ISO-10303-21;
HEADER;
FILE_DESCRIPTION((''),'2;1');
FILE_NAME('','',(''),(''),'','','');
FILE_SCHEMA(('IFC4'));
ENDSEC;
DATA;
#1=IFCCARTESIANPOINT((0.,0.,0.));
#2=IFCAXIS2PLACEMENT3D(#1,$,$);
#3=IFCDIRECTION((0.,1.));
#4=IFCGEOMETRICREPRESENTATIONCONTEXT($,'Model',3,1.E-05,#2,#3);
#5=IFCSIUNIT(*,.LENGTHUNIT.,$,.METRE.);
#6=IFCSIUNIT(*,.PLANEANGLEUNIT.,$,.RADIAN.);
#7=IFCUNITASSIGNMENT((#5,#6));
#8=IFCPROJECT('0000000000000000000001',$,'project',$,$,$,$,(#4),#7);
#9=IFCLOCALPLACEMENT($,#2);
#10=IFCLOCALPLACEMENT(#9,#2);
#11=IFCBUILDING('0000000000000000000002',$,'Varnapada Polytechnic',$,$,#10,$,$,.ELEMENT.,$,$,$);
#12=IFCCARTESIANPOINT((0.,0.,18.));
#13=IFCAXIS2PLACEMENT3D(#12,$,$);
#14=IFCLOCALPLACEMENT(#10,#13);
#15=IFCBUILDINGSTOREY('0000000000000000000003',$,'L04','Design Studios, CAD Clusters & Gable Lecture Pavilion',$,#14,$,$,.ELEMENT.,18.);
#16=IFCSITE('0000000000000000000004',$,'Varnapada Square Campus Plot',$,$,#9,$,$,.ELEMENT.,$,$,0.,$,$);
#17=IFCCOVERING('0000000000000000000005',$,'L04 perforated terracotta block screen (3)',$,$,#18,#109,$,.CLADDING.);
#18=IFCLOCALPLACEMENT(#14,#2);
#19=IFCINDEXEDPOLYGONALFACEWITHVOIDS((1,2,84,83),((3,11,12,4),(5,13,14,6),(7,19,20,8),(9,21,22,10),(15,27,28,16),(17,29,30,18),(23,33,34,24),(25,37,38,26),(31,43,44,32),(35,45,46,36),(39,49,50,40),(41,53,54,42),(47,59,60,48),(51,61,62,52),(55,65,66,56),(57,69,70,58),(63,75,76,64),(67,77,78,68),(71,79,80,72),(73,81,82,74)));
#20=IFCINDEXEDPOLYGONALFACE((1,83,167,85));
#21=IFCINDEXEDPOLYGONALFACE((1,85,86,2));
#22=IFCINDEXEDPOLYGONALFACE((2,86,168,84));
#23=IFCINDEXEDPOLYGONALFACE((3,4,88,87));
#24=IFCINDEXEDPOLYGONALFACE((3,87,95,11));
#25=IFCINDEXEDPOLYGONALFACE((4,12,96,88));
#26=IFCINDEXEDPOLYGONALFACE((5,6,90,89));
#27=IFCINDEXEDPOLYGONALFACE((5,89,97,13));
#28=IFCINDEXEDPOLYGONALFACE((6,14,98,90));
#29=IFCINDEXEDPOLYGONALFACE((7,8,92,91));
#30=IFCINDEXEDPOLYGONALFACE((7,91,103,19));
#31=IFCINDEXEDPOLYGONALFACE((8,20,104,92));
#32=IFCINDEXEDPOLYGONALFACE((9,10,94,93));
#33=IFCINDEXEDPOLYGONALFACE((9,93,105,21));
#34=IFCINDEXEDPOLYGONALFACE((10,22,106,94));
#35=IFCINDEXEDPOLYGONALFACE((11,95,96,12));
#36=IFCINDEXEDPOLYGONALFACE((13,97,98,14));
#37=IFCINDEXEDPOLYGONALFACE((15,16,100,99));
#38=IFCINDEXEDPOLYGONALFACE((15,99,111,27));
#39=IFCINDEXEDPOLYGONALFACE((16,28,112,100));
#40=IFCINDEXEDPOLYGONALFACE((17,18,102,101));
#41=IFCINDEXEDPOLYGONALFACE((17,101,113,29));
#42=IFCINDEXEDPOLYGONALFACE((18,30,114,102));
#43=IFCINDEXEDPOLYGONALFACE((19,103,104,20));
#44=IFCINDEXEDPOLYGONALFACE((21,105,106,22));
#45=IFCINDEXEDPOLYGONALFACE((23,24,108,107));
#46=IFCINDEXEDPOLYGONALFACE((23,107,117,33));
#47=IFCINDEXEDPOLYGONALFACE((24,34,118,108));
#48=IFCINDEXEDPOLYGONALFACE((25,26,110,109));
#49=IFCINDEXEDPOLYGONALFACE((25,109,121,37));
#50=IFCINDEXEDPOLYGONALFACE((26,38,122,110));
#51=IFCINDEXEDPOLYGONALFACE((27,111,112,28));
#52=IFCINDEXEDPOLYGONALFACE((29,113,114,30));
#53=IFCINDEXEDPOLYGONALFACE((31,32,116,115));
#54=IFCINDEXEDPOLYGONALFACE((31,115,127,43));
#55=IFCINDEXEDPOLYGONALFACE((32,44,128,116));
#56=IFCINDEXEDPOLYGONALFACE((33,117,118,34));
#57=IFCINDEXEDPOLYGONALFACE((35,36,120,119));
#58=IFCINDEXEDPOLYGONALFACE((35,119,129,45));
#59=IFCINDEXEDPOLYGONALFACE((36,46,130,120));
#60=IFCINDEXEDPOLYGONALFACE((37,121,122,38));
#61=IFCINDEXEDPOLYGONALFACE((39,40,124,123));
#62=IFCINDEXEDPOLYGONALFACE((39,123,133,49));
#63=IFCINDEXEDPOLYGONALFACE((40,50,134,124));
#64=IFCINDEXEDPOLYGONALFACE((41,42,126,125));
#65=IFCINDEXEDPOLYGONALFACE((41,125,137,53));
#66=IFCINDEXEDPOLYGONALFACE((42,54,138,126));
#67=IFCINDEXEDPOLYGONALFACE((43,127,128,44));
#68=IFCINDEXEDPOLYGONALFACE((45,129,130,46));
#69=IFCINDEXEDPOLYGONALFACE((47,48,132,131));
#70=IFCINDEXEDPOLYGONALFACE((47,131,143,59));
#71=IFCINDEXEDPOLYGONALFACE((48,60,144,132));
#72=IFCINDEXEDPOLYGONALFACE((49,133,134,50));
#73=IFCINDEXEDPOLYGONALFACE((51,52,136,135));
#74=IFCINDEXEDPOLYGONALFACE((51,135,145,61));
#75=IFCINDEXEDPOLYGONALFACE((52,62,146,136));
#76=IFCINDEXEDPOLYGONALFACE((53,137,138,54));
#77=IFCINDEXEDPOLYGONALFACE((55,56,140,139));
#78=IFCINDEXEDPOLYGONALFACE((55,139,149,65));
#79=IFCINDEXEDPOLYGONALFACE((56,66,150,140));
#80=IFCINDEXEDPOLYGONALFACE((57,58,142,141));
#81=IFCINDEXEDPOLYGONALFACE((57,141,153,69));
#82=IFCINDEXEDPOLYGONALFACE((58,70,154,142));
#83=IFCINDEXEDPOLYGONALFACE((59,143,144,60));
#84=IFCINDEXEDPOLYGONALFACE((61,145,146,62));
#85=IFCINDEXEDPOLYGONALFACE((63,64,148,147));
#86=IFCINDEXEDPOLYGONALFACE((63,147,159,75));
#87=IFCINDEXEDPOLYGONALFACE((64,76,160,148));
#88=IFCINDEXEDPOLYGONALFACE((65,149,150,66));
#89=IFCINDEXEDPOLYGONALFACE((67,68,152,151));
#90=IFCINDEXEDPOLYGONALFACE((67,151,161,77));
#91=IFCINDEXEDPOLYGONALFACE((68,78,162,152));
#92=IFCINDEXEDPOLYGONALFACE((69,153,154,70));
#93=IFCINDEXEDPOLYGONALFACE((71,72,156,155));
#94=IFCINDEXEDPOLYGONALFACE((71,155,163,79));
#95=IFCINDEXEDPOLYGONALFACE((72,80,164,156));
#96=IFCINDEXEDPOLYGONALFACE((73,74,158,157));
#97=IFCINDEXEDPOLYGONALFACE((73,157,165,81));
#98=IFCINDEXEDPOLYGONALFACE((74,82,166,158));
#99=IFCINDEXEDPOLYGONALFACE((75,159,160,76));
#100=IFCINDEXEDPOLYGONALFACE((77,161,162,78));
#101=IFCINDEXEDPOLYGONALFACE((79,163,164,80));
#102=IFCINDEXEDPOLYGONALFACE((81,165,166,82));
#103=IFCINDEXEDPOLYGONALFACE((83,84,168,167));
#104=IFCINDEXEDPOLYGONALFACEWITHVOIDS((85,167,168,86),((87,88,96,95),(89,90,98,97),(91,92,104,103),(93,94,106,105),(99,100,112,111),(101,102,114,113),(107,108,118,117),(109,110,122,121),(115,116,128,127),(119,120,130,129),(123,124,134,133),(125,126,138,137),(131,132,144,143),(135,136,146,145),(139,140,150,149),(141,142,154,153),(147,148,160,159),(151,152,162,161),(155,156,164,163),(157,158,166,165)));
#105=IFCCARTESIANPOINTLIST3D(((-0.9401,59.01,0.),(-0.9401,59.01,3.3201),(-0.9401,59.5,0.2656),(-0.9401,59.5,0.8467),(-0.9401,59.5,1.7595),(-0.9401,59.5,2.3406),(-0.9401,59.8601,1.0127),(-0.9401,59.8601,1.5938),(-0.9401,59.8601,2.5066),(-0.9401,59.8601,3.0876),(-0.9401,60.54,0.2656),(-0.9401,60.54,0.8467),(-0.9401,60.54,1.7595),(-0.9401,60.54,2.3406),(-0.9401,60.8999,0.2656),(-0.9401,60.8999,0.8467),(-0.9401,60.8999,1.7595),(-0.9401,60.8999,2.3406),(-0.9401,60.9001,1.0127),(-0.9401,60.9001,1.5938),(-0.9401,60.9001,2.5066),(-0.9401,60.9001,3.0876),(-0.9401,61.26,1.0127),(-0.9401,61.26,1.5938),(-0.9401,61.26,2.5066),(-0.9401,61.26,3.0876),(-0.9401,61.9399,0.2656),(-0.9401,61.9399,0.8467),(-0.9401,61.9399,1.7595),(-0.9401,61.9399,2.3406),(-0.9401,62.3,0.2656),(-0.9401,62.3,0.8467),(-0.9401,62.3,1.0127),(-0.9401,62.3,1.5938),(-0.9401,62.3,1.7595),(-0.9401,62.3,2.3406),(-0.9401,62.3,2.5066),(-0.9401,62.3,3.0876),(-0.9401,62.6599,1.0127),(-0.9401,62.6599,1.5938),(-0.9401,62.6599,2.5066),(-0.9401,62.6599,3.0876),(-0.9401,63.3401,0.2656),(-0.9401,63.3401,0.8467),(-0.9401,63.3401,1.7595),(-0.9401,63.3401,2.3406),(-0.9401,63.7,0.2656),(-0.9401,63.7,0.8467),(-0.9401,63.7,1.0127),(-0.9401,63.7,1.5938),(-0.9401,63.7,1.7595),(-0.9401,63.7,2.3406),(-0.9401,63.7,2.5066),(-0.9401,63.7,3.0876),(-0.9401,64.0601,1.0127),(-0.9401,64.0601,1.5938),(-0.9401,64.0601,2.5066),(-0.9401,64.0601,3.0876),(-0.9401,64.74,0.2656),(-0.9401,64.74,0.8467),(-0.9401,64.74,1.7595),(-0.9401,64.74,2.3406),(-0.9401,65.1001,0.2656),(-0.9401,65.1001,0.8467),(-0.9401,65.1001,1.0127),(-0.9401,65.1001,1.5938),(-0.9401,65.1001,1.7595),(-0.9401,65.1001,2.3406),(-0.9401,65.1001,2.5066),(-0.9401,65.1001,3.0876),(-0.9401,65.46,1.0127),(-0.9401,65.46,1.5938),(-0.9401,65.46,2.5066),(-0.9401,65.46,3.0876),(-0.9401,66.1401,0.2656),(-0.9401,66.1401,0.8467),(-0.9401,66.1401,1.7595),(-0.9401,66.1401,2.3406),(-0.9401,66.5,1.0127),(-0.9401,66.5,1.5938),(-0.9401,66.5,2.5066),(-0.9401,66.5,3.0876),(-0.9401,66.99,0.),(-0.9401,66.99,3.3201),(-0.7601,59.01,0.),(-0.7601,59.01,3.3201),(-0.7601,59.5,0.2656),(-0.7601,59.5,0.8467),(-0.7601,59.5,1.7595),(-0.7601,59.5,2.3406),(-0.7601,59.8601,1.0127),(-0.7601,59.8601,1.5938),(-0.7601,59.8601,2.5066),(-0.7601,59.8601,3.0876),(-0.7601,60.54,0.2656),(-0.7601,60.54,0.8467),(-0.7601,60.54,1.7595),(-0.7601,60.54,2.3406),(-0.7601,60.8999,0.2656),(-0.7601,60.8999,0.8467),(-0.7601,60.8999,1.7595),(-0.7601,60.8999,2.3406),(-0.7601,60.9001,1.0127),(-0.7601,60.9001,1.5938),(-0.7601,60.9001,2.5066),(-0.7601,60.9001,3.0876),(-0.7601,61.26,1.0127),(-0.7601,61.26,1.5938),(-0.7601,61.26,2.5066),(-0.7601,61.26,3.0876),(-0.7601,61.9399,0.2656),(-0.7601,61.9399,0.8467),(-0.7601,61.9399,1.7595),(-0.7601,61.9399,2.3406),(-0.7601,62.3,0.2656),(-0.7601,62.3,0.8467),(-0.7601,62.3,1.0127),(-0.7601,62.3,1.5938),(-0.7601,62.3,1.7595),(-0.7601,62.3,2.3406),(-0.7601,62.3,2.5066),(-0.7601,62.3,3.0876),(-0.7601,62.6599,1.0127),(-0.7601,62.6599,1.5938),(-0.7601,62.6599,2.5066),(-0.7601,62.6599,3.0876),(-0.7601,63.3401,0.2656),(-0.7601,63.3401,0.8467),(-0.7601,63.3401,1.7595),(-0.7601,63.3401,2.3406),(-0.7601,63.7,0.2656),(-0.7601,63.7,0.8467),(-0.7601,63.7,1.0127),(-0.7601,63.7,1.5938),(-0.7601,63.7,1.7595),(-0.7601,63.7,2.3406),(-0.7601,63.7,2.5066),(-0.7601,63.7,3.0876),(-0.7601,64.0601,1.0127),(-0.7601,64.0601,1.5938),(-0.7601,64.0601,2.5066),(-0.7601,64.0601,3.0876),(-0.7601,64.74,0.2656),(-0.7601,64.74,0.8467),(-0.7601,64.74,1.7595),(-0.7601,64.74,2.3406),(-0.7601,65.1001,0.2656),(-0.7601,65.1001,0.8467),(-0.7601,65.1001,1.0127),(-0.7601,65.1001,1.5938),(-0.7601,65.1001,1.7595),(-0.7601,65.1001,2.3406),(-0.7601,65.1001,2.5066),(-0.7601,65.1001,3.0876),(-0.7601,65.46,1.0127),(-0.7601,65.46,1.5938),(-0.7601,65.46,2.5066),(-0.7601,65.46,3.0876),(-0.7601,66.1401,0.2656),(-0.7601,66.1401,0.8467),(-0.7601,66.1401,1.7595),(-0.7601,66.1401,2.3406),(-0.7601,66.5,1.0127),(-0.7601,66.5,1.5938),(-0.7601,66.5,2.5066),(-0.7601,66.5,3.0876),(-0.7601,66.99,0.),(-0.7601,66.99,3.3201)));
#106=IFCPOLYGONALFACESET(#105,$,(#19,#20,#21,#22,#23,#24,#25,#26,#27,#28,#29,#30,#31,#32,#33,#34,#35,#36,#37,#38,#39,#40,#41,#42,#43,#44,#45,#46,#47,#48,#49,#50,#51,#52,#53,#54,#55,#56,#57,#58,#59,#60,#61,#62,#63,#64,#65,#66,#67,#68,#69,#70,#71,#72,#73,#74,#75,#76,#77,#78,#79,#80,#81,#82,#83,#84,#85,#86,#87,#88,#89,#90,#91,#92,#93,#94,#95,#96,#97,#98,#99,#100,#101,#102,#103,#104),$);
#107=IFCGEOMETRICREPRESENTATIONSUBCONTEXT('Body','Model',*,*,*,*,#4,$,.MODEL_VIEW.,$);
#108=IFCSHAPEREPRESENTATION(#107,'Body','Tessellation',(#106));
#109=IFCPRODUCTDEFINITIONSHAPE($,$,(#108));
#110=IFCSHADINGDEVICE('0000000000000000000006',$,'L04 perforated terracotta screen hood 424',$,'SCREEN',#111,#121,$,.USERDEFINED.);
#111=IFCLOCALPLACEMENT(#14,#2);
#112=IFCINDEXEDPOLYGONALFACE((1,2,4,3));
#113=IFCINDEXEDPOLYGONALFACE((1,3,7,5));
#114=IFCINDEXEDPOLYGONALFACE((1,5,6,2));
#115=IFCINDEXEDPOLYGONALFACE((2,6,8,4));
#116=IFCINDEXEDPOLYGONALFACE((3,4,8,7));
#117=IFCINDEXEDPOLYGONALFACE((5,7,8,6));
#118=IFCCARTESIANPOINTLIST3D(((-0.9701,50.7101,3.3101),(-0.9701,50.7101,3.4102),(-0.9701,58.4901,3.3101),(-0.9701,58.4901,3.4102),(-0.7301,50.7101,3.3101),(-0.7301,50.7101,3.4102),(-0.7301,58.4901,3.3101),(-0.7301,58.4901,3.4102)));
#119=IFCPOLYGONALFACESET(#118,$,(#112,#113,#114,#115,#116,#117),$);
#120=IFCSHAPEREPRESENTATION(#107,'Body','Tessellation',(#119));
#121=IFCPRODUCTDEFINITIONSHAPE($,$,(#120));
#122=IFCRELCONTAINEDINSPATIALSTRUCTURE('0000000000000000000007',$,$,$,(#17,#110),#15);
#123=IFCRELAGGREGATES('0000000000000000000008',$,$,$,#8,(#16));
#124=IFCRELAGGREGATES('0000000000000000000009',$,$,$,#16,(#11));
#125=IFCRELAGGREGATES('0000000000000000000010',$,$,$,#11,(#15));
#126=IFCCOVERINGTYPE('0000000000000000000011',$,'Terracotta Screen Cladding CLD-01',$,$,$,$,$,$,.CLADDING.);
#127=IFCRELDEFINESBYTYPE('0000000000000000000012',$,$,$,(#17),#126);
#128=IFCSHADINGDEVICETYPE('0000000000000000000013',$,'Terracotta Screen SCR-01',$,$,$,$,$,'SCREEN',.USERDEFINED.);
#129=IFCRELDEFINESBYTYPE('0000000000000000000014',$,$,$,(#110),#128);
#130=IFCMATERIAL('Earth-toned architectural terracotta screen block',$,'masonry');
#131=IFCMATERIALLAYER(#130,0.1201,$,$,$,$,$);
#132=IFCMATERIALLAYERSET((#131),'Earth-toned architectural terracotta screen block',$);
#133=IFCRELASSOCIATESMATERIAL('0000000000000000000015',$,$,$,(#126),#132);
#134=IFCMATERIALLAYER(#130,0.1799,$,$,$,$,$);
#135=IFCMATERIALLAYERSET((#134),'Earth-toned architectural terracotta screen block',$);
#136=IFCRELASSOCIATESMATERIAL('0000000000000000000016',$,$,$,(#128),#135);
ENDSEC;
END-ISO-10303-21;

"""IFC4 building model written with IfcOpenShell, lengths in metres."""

from ifc_helpers import new_model, si_unit, direction, frame, frame_2d, origin, origin_2d, place, context, subcontext, project, spatial, rectangle, extrude, material, layer, layer_set, type_object, element, save


model = new_model("IFC4")

# Units and contexts
model_context = context("Model", 3, precision=1e-05, world=origin(), true_north=direction((0.0, 1.0)))
body_context = subcontext(model_context, "Body", "Model", "MODEL_VIEW")
ifc_project = project(units=[si_unit("LENGTHUNIT", "METRE"), si_unit("PLANEANGLEUNIT", "RADIAN")], contexts=[model_context])

# Site, building, storey
site_placement = place(None, origin())
site = spatial("IfcSite", under=ifc_project, at=site_placement, Name="Varnapada Square Campus Plot", CompositionType="ELEMENT", RefElevation=0.0)
building_placement = place(site_placement, origin())
building = spatial("IfcBuilding", under=site, at=building_placement, Name="Varnapada Polytechnic", CompositionType="ELEMENT")
storey_placement = place(building_placement, frame((0.0, 0.0, 18.0)))
storey = spatial("IfcBuildingStorey", under=building, at=storey_placement, Name="L04", Description="Design Studios, CAD Clusters & Gable Lecture Pavilion", CompositionType="ELEMENT", Elevation=18.0)

# Covering, openings
ifc_material_1 = material(Name="Earth-toned architectural terracotta screen block", Category="masonry")
ifc_layer_1 = layer(ifc_material_1, 0.1201)
ifc_layer_set_1 = layer_set([ifc_layer_1], Name="Earth-toned architectural terracotta screen block")
covering_type = type_object("IfcCoveringType", Name="Terracotta Screen Cladding CLD-01", PredefinedType="CLADDING", material=ifc_layer_set_1)
covering_placement = place(storey_placement, frame((-0.8501, 59.01, 0.0), z_axis=(0.0, 0.0, 1.0), x_axis=(0.0, 1.0, 0.0)))
covering = element("IfcCovering", 1, at=covering_placement, inside=storey, type_object=covering_type, Name="L04 perforated terracotta block screen (3)", PredefinedType="CLADDING", context=body_context, shape_type="SweptSolid", body=[
    extrude(rectangle(XDim=7.98, YDim=0.1799, at=frame_2d((3.99, 0.0))), origin(), (0.0, 0.0, 1.0), 3.3201),
])
opening_1_placement = place(covering_placement, frame((0.49, 0.0, 0.2656)))
element("IfcOpeningElement", 2, at=opening_1_placement, cuts=covering, PredefinedType="OPENING", context=body_context, shape_type="SweptSolid", body=[
    extrude(rectangle(XDim=1.04, YDim=0.5811, at=frame_2d((0.52, 0.2905))), frame((0.0, 0.0999, 0.0), z_axis=(0.0, -1.0, 0.0), x_axis=(1.0, 0.0, 0.0)), (0.0, 0.0, 1.0), 0.2),
])
opening_2_placement = place(covering_placement, frame((1.8899, 0.0, 0.2656)))
element("IfcOpeningElement", 3, at=opening_2_placement, cuts=covering, PredefinedType="OPENING", context=body_context, shape_type="SweptSolid", body=[
    extrude(rectangle(XDim=1.04, YDim=0.5811, at=frame_2d((0.52, 0.2905))), frame((0.0, 0.0999, 0.0), z_axis=(0.0, -1.0, 0.0), x_axis=(1.0, 0.0, 0.0)), (0.0, 0.0, 1.0), 0.2),
])
opening_3_placement = place(covering_placement, frame((3.29, 0.0, 0.2656)))
element("IfcOpeningElement", 4, at=opening_3_placement, cuts=covering, PredefinedType="OPENING", context=body_context, shape_type="SweptSolid", body=[
    extrude(rectangle(XDim=1.04, YDim=0.5811, at=frame_2d((0.52, 0.2905))), frame((0.0, 0.0999, 0.0), z_axis=(0.0, -1.0, 0.0), x_axis=(1.0, 0.0, 0.0)), (0.0, 0.0, 1.0), 0.2),
])
opening_4_placement = place(covering_placement, frame((4.6899, 0.0, 0.2656)))
element("IfcOpeningElement", 5, at=opening_4_placement, cuts=covering, PredefinedType="OPENING", context=body_context, shape_type="SweptSolid", body=[
    extrude(rectangle(XDim=1.04, YDim=0.5811, at=frame_2d((0.52, 0.2905))), frame((0.0, 0.0999, 0.0), z_axis=(0.0, -1.0, 0.0), x_axis=(1.0, 0.0, 0.0)), (0.0, 0.0, 1.0), 0.2),
])
opening_5_placement = place(covering_placement, frame((6.0901, 0.0, 0.2656)))
element("IfcOpeningElement", 6, at=opening_5_placement, cuts=covering, PredefinedType="OPENING", context=body_context, shape_type="SweptSolid", body=[
    extrude(rectangle(XDim=1.04, YDim=0.5811, at=frame_2d((0.52, 0.2905))), frame((0.0, 0.0999, 0.0), z_axis=(0.0, -1.0, 0.0), x_axis=(1.0, 0.0, 0.0)), (0.0, 0.0, 1.0), 0.2),
])
opening_6_placement = place(covering_placement, frame((0.8501, 0.0, 1.0127)))
element("IfcOpeningElement", 7, at=opening_6_placement, cuts=covering, PredefinedType="OPENING", context=body_context, shape_type="SweptSolid", body=[
    extrude(rectangle(XDim=1.04, YDim=0.5811, at=frame_2d((0.52, 0.2905))), frame((0.0, 0.0999, 0.0), z_axis=(0.0, -1.0, 0.0), x_axis=(1.0, 0.0, 0.0)), (0.0, 0.0, 1.0), 0.2),
])
opening_7_placement = place(covering_placement, frame((2.25, 0.0, 1.0127)))
element("IfcOpeningElement", 8, at=opening_7_placement, cuts=covering, PredefinedType="OPENING", context=body_context, shape_type="SweptSolid", body=[
    extrude(rectangle(XDim=1.04, YDim=0.5811, at=frame_2d((0.52, 0.2905))), frame((0.0, 0.0999, 0.0), z_axis=(0.0, -1.0, 0.0), x_axis=(1.0, 0.0, 0.0)), (0.0, 0.0, 1.0), 0.2),
])
opening_8_placement = place(covering_placement, frame((3.6499, 0.0, 1.0127)))
element("IfcOpeningElement", 9, at=opening_8_placement, cuts=covering, PredefinedType="OPENING", context=body_context, shape_type="SweptSolid", body=[
    extrude(rectangle(XDim=1.04, YDim=0.5811, at=frame_2d((0.52, 0.2905))), frame((0.0, 0.0999, 0.0), z_axis=(0.0, -1.0, 0.0), x_axis=(1.0, 0.0, 0.0)), (0.0, 0.0, 1.0), 0.2),
])
opening_9_placement = place(covering_placement, frame((5.05, 0.0, 1.0127)))
element("IfcOpeningElement", 10, at=opening_9_placement, cuts=covering, PredefinedType="OPENING", context=body_context, shape_type="SweptSolid", body=[
    extrude(rectangle(XDim=1.04, YDim=0.5811, at=frame_2d((0.52, 0.2905))), frame((0.0, 0.0999, 0.0), z_axis=(0.0, -1.0, 0.0), x_axis=(1.0, 0.0, 0.0)), (0.0, 0.0, 1.0), 0.2),
])
opening_10_placement = place(covering_placement, frame((6.45, 0.0, 1.0127)))
element("IfcOpeningElement", 11, at=opening_10_placement, cuts=covering, PredefinedType="OPENING", context=body_context, shape_type="SweptSolid", body=[
    extrude(rectangle(XDim=1.04, YDim=0.5811, at=frame_2d((0.52, 0.2905))), frame((0.0, 0.0999, 0.0), z_axis=(0.0, -1.0, 0.0), x_axis=(1.0, 0.0, 0.0)), (0.0, 0.0, 1.0), 0.2),
])
opening_11_placement = place(covering_placement, frame((0.49, 0.0, 1.7595)))
element("IfcOpeningElement", 12, at=opening_11_placement, cuts=covering, PredefinedType="OPENING", context=body_context, shape_type="SweptSolid", body=[
    extrude(rectangle(XDim=1.04, YDim=0.5811, at=frame_2d((0.52, 0.2905))), frame((0.0, 0.0999, 0.0), z_axis=(0.0, -1.0, 0.0), x_axis=(1.0, 0.0, 0.0)), (0.0, 0.0, 1.0), 0.2),
])
opening_12_placement = place(covering_placement, frame((1.8899, 0.0, 1.7595)))
element("IfcOpeningElement", 13, at=opening_12_placement, cuts=covering, PredefinedType="OPENING", context=body_context, shape_type="SweptSolid", body=[
    extrude(rectangle(XDim=1.04, YDim=0.5811, at=frame_2d((0.52, 0.2905))), frame((0.0, 0.0999, 0.0), z_axis=(0.0, -1.0, 0.0), x_axis=(1.0, 0.0, 0.0)), (0.0, 0.0, 1.0), 0.2),
])
opening_13_placement = place(covering_placement, frame((3.29, 0.0, 1.7595)))
element("IfcOpeningElement", 14, at=opening_13_placement, cuts=covering, PredefinedType="OPENING", context=body_context, shape_type="SweptSolid", body=[
    extrude(rectangle(XDim=1.04, YDim=0.5811, at=frame_2d((0.52, 0.2905))), frame((0.0, 0.0999, 0.0), z_axis=(0.0, -1.0, 0.0), x_axis=(1.0, 0.0, 0.0)), (0.0, 0.0, 1.0), 0.2),
])
opening_14_placement = place(covering_placement, frame((4.6899, 0.0, 1.7595)))
element("IfcOpeningElement", 15, at=opening_14_placement, cuts=covering, PredefinedType="OPENING", context=body_context, shape_type="SweptSolid", body=[
    extrude(rectangle(XDim=1.04, YDim=0.5811, at=frame_2d((0.52, 0.2905))), frame((0.0, 0.0999, 0.0), z_axis=(0.0, -1.0, 0.0), x_axis=(1.0, 0.0, 0.0)), (0.0, 0.0, 1.0), 0.2),
])
opening_15_placement = place(covering_placement, frame((6.0901, 0.0, 1.7595)))
element("IfcOpeningElement", 16, at=opening_15_placement, cuts=covering, PredefinedType="OPENING", context=body_context, shape_type="SweptSolid", body=[
    extrude(rectangle(XDim=1.04, YDim=0.5811, at=frame_2d((0.52, 0.2905))), frame((0.0, 0.0999, 0.0), z_axis=(0.0, -1.0, 0.0), x_axis=(1.0, 0.0, 0.0)), (0.0, 0.0, 1.0), 0.2),
])
opening_16_placement = place(covering_placement, frame((0.8501, 0.0, 2.5066)))
element("IfcOpeningElement", 17, at=opening_16_placement, cuts=covering, PredefinedType="OPENING", context=body_context, shape_type="SweptSolid", body=[
    extrude(rectangle(XDim=1.04, YDim=0.5811, at=frame_2d((0.52, 0.2905))), frame((0.0, 0.0999, 0.0), z_axis=(0.0, -1.0, 0.0), x_axis=(1.0, 0.0, 0.0)), (0.0, 0.0, 1.0), 0.2),
])
opening_17_placement = place(covering_placement, frame((2.25, 0.0, 2.5066)))
element("IfcOpeningElement", 18, at=opening_17_placement, cuts=covering, PredefinedType="OPENING", context=body_context, shape_type="SweptSolid", body=[
    extrude(rectangle(XDim=1.04, YDim=0.5811, at=frame_2d((0.52, 0.2905))), frame((0.0, 0.0999, 0.0), z_axis=(0.0, -1.0, 0.0), x_axis=(1.0, 0.0, 0.0)), (0.0, 0.0, 1.0), 0.2),
])
opening_18_placement = place(covering_placement, frame((3.6499, 0.0, 2.5066)))
element("IfcOpeningElement", 19, at=opening_18_placement, cuts=covering, PredefinedType="OPENING", context=body_context, shape_type="SweptSolid", body=[
    extrude(rectangle(XDim=1.04, YDim=0.5811, at=frame_2d((0.52, 0.2905))), frame((0.0, 0.0999, 0.0), z_axis=(0.0, -1.0, 0.0), x_axis=(1.0, 0.0, 0.0)), (0.0, 0.0, 1.0), 0.2),
])
opening_19_placement = place(covering_placement, frame((5.05, 0.0, 2.5066)))
element("IfcOpeningElement", 20, at=opening_19_placement, cuts=covering, PredefinedType="OPENING", context=body_context, shape_type="SweptSolid", body=[
    extrude(rectangle(XDim=1.04, YDim=0.5811, at=frame_2d((0.52, 0.2905))), frame((0.0, 0.0999, 0.0), z_axis=(0.0, -1.0, 0.0), x_axis=(1.0, 0.0, 0.0)), (0.0, 0.0, 1.0), 0.2),
])
opening_20_placement = place(covering_placement, frame((6.45, 0.0, 2.5066)))
element("IfcOpeningElement", 21, at=opening_20_placement, cuts=covering, PredefinedType="OPENING", context=body_context, shape_type="SweptSolid", body=[
    extrude(rectangle(XDim=1.04, YDim=0.5811, at=frame_2d((0.52, 0.2905))), frame((0.0, 0.0999, 0.0), z_axis=(0.0, -1.0, 0.0), x_axis=(1.0, 0.0, 0.0)), (0.0, 0.0, 1.0), 0.2),
])

# Shading device
ifc_layer_2 = layer(ifc_material_1, 0.1799)
ifc_layer_set_2 = layer_set([ifc_layer_2], Name="Earth-toned architectural terracotta screen block")
shading_device_type = type_object("IfcShadingDeviceType", Name="Terracotta Screen SCR-01", ElementType="SCREEN", PredefinedType="USERDEFINED", material=ifc_layer_set_2)
shading_device_placement = place(storey_placement, frame((-0.8501, 54.6001, 3.3101), z_axis=(0.0, 0.0, 1.0), x_axis=(0.0, 1.0, 0.0)))
element("IfcShadingDevice", 22, at=shading_device_placement, inside=storey, type_object=shading_device_type, Name="L04 perforated terracotta screen hood 424", ObjectType="SCREEN", PredefinedType="USERDEFINED", context=body_context, shape_type="SweptSolid", body=[
    extrude(rectangle(XDim=7.78, YDim=0.24, at=origin_2d()), origin(), (0.0, 0.0, 1.0), 0.1001),
])

save(model, "model.ifc")
